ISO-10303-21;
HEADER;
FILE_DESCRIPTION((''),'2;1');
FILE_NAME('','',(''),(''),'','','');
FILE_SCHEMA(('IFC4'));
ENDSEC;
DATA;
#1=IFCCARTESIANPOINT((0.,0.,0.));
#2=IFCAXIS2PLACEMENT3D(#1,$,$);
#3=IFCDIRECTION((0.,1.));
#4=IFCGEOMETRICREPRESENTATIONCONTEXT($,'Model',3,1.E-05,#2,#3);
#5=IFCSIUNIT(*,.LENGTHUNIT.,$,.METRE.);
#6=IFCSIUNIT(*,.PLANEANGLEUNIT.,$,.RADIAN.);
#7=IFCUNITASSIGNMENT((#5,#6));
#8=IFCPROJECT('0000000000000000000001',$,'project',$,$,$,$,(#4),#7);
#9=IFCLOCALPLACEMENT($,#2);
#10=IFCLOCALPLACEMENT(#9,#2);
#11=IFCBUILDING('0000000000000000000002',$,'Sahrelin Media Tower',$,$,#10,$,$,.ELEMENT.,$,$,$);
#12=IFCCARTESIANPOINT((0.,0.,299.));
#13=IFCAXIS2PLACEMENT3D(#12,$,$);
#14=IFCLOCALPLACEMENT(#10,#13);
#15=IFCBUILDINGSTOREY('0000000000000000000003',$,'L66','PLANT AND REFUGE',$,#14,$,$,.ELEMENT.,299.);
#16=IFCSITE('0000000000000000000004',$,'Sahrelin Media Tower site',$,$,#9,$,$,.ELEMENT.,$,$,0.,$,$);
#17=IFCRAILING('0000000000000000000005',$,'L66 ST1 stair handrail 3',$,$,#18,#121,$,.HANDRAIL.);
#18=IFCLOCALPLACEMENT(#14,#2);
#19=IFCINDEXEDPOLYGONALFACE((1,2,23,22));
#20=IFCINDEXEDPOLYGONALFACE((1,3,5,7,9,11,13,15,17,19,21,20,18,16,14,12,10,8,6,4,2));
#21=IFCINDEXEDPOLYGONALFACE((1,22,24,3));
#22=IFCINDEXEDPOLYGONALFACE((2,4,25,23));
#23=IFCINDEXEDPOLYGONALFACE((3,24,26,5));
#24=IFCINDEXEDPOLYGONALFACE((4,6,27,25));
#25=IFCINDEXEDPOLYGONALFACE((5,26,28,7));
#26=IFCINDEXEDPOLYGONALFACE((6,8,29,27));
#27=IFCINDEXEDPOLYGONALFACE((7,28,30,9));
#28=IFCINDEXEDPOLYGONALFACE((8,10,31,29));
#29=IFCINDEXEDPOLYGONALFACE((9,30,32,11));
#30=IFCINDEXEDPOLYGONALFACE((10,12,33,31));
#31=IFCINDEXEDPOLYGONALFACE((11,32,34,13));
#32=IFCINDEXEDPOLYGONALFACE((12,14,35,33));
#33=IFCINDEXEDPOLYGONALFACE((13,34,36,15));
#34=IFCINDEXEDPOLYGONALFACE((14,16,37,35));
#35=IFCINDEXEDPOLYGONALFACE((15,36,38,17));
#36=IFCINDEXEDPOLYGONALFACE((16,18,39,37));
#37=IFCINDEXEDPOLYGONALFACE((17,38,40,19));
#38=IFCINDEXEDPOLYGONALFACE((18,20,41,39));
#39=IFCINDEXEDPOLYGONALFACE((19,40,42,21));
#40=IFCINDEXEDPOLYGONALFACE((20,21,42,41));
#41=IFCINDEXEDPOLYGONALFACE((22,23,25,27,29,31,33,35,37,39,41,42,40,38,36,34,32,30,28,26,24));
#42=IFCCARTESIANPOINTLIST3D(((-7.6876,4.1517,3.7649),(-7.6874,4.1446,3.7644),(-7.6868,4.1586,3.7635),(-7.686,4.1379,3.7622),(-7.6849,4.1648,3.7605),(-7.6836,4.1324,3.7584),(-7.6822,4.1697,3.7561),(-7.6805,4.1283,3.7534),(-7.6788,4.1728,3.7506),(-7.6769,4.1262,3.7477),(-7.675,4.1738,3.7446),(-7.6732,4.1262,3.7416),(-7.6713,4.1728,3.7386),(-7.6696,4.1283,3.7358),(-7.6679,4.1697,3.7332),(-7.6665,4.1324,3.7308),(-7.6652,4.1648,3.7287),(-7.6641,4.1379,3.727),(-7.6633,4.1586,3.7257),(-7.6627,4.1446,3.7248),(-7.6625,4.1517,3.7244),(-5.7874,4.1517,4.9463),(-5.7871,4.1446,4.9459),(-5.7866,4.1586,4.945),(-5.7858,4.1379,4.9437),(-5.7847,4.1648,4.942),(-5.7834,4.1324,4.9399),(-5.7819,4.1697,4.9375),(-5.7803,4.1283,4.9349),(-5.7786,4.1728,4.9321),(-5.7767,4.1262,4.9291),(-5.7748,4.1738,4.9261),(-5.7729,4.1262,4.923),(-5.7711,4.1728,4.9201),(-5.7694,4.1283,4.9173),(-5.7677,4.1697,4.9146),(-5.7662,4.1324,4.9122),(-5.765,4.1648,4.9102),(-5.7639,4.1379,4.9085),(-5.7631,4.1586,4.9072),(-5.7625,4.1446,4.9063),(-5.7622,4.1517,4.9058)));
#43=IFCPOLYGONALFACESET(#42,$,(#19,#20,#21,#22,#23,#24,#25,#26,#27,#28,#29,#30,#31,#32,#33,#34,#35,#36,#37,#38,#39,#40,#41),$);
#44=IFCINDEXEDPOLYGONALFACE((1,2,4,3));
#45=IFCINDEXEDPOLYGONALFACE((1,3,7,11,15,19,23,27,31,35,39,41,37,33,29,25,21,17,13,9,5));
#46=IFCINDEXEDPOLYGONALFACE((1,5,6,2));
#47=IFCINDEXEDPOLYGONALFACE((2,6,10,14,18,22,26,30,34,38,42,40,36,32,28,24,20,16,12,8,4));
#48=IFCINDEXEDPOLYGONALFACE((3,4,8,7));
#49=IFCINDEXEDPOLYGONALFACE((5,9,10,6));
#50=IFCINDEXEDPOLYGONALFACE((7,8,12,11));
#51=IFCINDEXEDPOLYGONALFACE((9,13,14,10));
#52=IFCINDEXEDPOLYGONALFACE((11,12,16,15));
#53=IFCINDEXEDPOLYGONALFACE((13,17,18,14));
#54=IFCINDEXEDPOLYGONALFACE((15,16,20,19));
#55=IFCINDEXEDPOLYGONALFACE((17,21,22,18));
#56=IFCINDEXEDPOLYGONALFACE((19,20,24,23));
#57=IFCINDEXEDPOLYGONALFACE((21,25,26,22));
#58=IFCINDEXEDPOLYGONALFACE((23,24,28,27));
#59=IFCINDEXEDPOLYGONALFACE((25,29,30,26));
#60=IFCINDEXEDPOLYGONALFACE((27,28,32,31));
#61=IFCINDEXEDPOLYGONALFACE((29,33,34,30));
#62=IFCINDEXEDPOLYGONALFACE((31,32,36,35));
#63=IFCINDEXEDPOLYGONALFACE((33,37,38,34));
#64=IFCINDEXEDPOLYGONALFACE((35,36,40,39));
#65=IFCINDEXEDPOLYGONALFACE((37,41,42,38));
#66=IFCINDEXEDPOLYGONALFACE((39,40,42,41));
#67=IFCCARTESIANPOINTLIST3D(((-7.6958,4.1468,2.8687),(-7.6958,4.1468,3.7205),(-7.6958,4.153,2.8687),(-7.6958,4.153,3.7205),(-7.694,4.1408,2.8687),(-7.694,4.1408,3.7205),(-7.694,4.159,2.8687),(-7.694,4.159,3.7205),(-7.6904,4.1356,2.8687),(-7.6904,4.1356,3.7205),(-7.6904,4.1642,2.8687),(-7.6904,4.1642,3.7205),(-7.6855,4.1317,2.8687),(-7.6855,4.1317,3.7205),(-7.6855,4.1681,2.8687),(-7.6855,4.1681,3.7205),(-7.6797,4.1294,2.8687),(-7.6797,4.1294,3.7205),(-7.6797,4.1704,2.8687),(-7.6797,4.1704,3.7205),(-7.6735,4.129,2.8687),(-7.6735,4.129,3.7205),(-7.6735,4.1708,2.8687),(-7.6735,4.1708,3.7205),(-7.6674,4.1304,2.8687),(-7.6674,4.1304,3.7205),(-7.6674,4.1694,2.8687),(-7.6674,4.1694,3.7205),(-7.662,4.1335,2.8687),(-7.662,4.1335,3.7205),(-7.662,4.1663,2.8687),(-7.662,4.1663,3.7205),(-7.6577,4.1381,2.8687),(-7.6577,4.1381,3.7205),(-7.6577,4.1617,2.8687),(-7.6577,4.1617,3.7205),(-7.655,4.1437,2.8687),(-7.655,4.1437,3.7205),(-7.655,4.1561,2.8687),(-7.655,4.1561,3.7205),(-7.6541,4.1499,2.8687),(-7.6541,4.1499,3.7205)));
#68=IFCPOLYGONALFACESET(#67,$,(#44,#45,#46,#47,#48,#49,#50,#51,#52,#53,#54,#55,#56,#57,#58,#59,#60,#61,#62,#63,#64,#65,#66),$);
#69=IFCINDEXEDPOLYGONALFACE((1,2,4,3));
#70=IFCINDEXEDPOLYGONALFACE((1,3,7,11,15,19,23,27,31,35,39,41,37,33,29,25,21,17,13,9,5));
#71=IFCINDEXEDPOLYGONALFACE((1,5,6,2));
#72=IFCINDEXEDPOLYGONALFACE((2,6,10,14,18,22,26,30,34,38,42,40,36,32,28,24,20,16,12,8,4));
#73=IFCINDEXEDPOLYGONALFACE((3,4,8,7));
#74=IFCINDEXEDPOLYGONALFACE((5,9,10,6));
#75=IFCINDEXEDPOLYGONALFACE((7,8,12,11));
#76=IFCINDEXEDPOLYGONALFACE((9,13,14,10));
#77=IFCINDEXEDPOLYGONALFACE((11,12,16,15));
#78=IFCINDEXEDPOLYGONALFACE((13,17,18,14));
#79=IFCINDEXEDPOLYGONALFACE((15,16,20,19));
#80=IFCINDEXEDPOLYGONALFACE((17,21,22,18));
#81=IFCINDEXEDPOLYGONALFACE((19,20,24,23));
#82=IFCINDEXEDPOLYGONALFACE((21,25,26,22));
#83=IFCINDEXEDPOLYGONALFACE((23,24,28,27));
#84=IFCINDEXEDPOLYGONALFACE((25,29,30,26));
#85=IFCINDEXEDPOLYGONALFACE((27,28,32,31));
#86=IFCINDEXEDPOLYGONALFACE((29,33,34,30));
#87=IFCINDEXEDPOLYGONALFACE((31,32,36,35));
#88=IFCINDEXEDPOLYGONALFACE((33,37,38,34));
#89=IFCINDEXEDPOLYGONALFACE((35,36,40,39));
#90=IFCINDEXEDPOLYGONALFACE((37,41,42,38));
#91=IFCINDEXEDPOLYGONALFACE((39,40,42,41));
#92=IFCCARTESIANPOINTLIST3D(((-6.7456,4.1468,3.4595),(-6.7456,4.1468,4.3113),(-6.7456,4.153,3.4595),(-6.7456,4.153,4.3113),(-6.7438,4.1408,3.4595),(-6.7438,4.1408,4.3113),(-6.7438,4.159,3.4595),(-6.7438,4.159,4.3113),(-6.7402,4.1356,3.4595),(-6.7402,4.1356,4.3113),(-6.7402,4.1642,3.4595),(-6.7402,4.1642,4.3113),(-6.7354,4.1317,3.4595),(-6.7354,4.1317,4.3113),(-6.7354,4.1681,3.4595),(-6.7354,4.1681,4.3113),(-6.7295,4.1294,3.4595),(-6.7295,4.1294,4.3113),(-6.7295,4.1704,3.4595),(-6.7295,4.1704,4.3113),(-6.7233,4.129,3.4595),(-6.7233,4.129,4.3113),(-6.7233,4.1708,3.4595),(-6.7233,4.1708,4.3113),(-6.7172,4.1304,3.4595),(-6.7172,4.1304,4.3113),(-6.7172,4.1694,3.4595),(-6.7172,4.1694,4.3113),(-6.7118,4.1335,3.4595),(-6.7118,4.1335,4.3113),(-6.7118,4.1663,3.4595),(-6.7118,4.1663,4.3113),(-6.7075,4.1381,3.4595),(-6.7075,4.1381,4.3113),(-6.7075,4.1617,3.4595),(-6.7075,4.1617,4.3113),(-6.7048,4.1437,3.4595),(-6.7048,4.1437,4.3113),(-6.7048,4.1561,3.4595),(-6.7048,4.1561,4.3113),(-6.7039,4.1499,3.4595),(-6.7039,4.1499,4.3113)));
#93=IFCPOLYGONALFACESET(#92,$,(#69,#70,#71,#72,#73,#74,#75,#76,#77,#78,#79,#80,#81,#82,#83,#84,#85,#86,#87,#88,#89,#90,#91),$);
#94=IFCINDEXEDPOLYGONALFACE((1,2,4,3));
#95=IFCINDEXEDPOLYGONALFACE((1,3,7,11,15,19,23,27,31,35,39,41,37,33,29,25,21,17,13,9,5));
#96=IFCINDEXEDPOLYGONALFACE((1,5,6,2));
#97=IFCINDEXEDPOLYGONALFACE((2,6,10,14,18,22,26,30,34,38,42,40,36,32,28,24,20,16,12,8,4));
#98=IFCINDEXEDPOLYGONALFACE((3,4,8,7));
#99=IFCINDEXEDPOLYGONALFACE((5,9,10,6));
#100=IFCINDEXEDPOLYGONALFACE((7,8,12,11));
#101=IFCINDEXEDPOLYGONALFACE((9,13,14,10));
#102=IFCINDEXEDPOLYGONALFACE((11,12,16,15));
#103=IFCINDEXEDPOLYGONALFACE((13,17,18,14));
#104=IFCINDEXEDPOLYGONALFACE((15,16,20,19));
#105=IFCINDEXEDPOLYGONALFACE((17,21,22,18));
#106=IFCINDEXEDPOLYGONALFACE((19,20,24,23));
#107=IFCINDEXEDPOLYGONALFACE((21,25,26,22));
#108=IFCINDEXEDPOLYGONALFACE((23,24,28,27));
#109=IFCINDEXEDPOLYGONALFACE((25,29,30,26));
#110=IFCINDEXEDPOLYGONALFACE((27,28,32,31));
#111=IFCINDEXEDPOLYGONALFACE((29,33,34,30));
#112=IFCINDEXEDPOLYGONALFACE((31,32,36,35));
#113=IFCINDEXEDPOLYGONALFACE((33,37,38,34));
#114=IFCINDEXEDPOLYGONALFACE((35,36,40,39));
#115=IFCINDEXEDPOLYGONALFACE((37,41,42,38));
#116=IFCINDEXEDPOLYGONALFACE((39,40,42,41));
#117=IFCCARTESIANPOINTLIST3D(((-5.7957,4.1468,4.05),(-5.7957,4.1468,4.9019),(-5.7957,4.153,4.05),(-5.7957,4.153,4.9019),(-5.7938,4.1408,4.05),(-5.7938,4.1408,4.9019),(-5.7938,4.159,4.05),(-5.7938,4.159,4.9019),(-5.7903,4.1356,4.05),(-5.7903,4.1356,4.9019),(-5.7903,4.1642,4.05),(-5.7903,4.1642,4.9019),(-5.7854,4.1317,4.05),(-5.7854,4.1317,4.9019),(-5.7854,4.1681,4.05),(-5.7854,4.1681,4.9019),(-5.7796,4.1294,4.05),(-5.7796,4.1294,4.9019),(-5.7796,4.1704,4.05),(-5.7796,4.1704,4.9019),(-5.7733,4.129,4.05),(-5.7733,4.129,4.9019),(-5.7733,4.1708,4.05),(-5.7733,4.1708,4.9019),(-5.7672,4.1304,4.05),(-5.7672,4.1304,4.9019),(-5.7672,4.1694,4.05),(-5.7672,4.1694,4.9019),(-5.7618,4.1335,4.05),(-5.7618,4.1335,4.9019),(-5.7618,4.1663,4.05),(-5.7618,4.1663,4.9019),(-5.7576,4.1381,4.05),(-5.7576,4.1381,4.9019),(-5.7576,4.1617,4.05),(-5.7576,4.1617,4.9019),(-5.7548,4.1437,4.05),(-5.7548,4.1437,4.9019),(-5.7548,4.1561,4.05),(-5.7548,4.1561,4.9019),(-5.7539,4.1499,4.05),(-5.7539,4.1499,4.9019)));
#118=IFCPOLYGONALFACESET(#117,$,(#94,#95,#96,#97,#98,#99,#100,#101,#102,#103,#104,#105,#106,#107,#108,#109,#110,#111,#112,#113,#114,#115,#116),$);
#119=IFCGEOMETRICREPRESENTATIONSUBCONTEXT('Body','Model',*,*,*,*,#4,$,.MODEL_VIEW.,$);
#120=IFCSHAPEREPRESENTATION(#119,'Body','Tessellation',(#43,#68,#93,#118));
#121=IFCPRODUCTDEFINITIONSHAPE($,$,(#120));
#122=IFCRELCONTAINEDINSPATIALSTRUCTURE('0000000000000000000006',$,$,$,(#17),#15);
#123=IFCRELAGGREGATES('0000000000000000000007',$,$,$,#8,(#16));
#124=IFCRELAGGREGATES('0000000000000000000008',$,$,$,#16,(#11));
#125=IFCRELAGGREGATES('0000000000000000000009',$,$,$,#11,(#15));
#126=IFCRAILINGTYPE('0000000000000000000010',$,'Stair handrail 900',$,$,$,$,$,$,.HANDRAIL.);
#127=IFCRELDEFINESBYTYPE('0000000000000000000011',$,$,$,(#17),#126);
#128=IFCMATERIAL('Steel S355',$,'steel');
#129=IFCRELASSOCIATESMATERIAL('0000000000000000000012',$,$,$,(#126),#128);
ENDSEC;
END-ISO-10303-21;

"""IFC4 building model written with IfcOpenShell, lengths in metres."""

from ifc_helpers import new_model, si_unit, direction, frame, origin, origin_2d, place, context, subcontext, project, spatial, circle, extrude, material, type_object, element, save


model = new_model("IFC4")

# Units and contexts
model_context = context("Model", 3, precision=1e-05, world=origin(), true_north=direction((0.0, 1.0)))
body_context = subcontext(model_context, "Body", "Model", "MODEL_VIEW")
ifc_project = project(units=[si_unit("LENGTHUNIT", "METRE"), si_unit("PLANEANGLEUNIT", "RADIAN")], contexts=[model_context])

# Site, building, storey
site_placement = place(None, origin())
site = spatial("IfcSite", under=ifc_project, at=site_placement, Name="Sahrelin Media Tower site", CompositionType="ELEMENT", RefElevation=0.0)
building_placement = place(site_placement, origin())
building = spatial("IfcBuilding", under=site, at=building_placement, Name="Sahrelin Media Tower", CompositionType="ELEMENT")
storey_placement = place(building_placement, frame((0.0, 0.0, 299.0)))
storey = spatial("IfcBuildingStorey", under=building, at=storey_placement, Name="L66", Description="PLANT AND REFUGE", CompositionType="ELEMENT", Elevation=299.0)

# Shared definitions
ifc_material_1 = material(Name="Steel S355", Category="steel")

# Railing
railing_type_1 = type_object("IfcRailingType", Name="Stair handrail 900", PredefinedType="HANDRAIL", material=ifc_material_1)
for number, where, name in (
    (1, (-7.675, 4.1499, 2.8687), "L66 ST1 stair handrail 3"),
):
    element("IfcRailing", number, at=place(storey_placement, frame(where)), inside=storey, type_object=railing_type_1, Name=name, PredefinedType="HANDRAIL", context=body_context, shape_type="SweptSolid", body=[
        extrude(circle(Radius=0.0239, at=origin_2d()), frame((0.0, 0.0, 0.876), z_axis=(0.84924, 0.0, 0.528006), x_axis=(0.0, 1.0, 0.0)), (0.0, 0.0, 1.0), 2.2375),
        extrude(circle(Radius=0.021, at=origin_2d()), origin(), (0.0, 0.0, 1.0), 0.8518),
        extrude(circle(Radius=0.021, at=origin_2d()), frame((0.9502, 0.0, 0.5908)), (0.0, 0.0, 1.0), 0.8518),
        extrude(circle(Radius=0.021, at=origin_2d()), frame((1.9001, 0.0, 1.1814)), (0.0, 0.0, 1.0), 0.8518),
    ])

save(model, "model.ifc")
